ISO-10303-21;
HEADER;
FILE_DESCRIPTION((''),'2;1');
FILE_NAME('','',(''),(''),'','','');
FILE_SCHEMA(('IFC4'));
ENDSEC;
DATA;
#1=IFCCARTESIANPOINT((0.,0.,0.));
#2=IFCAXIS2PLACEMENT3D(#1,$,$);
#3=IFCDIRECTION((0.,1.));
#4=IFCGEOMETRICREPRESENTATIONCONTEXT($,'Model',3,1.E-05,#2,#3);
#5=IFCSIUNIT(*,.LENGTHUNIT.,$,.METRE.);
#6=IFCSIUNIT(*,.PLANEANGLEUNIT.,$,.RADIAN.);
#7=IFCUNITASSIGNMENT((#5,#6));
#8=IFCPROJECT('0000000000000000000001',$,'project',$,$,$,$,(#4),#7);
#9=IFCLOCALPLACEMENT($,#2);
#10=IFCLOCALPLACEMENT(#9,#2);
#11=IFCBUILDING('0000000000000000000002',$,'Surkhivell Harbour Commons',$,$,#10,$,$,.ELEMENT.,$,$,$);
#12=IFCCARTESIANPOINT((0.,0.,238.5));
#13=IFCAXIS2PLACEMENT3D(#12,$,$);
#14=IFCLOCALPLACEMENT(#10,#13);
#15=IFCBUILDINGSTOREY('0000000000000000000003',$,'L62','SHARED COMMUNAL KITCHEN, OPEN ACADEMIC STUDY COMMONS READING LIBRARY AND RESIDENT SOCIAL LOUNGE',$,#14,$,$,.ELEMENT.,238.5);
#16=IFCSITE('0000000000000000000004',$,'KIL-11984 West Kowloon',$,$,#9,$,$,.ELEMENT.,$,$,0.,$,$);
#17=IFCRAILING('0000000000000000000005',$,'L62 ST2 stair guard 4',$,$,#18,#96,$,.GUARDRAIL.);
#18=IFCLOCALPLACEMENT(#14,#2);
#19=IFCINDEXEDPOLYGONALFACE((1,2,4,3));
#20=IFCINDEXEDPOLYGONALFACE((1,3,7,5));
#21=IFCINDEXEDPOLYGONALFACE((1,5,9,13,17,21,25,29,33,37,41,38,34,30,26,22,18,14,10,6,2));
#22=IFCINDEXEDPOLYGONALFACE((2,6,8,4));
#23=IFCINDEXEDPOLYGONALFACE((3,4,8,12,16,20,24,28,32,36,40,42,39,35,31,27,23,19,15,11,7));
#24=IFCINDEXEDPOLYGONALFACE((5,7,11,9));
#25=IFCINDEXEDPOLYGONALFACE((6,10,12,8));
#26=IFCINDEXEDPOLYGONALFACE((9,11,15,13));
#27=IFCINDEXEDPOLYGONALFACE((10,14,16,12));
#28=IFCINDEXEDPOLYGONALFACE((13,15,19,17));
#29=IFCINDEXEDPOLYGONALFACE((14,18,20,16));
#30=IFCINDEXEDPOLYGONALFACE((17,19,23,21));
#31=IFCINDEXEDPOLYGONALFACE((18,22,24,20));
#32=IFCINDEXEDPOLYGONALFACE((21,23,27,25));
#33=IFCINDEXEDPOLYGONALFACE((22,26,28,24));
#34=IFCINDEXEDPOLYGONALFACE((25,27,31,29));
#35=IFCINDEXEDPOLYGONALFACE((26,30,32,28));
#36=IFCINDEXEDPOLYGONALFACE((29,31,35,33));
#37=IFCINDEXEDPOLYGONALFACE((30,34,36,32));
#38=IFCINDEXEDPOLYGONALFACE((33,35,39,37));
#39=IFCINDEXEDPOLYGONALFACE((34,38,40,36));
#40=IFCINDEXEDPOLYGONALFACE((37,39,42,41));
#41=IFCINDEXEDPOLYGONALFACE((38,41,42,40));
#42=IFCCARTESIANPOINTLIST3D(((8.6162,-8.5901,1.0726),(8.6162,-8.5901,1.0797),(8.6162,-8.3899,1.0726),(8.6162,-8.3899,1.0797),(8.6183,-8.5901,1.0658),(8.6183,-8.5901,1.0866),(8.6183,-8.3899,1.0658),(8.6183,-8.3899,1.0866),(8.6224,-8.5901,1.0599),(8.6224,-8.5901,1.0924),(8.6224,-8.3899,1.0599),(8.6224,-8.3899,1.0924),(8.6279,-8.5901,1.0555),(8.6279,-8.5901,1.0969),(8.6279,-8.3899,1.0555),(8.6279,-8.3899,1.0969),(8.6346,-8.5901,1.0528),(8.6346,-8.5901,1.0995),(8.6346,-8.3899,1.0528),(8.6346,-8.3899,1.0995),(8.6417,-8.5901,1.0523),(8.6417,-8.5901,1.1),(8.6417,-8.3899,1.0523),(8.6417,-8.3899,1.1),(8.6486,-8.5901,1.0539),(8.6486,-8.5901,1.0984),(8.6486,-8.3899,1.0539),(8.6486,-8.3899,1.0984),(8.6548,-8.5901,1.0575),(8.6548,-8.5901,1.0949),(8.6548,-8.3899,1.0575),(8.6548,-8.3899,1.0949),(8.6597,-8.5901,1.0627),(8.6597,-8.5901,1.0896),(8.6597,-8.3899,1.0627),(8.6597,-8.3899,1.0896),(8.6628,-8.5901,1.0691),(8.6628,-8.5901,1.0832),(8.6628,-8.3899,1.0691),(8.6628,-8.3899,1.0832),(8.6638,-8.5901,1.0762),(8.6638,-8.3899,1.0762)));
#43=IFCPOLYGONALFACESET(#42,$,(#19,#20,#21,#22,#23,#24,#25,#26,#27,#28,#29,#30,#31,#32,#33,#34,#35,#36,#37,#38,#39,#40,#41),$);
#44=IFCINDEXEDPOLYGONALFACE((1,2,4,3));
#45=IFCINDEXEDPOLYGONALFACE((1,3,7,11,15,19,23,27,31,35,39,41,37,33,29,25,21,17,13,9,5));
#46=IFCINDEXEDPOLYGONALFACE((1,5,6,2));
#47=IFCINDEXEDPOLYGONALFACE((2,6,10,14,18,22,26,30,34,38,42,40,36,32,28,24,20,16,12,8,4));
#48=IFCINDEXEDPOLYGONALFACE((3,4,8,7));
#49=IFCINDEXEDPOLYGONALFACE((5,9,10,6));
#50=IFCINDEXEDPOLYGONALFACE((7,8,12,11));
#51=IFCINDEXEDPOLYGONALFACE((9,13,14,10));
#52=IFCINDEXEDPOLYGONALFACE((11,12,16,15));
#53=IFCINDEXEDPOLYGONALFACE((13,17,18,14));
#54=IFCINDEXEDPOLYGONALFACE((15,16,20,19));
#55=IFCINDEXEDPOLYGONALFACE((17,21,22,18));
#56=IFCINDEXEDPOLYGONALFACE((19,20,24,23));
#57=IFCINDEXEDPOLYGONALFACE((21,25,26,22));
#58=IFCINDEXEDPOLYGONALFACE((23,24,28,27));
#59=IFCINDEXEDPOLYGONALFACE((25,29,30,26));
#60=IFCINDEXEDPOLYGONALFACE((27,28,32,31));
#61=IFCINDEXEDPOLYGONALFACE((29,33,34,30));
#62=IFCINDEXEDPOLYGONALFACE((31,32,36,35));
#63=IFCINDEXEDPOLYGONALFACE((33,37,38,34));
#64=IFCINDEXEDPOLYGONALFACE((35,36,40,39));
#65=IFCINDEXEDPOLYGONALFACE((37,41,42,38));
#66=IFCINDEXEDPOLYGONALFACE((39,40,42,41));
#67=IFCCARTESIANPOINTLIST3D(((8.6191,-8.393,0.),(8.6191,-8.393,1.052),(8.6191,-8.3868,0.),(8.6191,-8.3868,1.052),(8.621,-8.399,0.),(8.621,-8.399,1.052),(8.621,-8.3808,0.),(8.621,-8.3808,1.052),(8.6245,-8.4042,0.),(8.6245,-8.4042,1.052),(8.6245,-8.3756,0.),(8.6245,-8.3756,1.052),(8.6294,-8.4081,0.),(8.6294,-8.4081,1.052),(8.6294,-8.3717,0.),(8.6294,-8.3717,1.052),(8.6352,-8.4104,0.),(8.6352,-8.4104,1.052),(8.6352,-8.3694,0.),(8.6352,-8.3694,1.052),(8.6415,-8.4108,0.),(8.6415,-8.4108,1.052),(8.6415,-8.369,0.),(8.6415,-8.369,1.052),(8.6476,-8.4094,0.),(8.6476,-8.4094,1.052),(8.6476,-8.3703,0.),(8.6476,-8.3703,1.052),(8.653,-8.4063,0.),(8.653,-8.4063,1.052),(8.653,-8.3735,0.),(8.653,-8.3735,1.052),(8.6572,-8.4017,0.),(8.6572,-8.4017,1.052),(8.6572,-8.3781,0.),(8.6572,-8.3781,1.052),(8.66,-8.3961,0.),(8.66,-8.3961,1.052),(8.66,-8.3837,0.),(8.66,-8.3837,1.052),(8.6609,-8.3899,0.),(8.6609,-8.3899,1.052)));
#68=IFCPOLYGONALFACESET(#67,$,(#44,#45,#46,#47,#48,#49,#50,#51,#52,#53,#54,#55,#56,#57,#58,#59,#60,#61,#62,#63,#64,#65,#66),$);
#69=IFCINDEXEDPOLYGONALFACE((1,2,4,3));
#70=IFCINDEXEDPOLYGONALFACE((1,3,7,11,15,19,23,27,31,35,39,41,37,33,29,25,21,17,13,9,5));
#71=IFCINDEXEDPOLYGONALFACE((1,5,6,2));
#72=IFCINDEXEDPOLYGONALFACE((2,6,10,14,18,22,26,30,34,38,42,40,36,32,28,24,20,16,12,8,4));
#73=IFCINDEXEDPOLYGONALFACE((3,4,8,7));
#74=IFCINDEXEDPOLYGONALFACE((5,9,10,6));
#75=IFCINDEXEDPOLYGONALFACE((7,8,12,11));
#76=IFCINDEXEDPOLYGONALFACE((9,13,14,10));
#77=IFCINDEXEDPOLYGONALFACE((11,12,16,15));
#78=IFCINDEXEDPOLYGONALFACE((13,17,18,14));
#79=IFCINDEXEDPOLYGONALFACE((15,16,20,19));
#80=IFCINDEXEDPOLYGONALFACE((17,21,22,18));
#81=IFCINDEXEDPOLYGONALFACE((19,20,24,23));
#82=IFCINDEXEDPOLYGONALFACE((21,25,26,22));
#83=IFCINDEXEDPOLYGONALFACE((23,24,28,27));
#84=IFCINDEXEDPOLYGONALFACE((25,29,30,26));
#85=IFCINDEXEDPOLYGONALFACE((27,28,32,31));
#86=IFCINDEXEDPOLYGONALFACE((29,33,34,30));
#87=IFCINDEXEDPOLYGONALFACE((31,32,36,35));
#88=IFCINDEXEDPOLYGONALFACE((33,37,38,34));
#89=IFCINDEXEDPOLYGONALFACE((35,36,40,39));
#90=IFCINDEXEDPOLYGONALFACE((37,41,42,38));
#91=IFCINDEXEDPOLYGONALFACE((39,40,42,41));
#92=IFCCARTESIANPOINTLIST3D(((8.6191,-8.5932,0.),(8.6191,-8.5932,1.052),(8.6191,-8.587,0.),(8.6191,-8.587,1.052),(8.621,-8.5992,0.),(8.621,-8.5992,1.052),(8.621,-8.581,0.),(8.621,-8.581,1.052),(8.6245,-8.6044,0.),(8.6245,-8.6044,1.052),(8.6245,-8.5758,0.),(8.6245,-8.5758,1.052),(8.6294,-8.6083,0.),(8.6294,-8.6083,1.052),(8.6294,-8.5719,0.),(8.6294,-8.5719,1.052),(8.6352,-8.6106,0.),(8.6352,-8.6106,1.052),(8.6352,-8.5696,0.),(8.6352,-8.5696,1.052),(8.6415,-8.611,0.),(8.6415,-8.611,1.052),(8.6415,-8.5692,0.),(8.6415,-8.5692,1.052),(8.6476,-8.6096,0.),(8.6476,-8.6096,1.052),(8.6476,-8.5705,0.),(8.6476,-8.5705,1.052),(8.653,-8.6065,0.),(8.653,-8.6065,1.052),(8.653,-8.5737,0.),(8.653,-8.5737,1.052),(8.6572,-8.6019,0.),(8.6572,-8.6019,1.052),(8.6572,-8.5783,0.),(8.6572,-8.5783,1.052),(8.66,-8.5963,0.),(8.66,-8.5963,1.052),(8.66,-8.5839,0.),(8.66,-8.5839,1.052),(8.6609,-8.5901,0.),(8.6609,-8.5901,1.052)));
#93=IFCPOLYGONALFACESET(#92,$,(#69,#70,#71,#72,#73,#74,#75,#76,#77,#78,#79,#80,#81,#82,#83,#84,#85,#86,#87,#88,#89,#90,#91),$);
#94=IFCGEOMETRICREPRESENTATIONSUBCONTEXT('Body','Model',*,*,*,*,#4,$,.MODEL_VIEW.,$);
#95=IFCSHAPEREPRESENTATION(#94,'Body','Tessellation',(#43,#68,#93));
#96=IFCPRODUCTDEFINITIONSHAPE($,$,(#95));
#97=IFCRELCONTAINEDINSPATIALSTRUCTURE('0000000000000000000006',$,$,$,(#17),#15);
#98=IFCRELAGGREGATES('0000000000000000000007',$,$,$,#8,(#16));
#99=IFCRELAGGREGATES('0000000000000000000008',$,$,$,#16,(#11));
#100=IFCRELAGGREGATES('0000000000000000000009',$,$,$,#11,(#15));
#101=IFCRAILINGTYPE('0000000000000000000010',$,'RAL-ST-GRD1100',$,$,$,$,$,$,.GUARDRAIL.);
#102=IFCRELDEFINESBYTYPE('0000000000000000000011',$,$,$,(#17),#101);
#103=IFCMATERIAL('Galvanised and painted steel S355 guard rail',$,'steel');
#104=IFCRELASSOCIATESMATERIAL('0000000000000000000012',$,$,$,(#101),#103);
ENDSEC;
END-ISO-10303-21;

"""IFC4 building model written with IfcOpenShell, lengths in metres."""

from ifc_helpers import new_model, si_unit, direction, frame, origin, origin_2d, place, context, subcontext, project, spatial, circle, extrude, material, type_object, element, save


model = new_model("IFC4")

# Units and contexts
model_context = context("Model", 3, precision=1e-05, world=origin(), true_north=direction((0.0, 1.0)))
body_context = subcontext(model_context, "Body", "Model", "MODEL_VIEW")
ifc_project = project(units=[si_unit("LENGTHUNIT", "METRE"), si_unit("PLANEANGLEUNIT", "RADIAN")], contexts=[model_context])

# Site, building, storey
site_placement = place(None, origin())
site = spatial("IfcSite", under=ifc_project, at=site_placement, Name="KIL-11984 West Kowloon", CompositionType="ELEMENT", RefElevation=0.0)
building_placement = place(site_placement, origin())
building = spatial("IfcBuilding", under=site, at=building_placement, Name="Surkhivell Harbour Commons", CompositionType="ELEMENT")
storey_placement = place(building_placement, frame((0.0, 0.0, 238.5)))
storey = spatial("IfcBuildingStorey", under=building, at=storey_placement, Name="L62", Description="SHARED COMMUNAL KITCHEN, OPEN ACADEMIC STUDY COMMONS READING LIBRARY AND RESIDENT SOCIAL LOUNGE", CompositionType="ELEMENT", Elevation=238.5)

# Railing
ifc_material_1 = material(Name="Galvanised and painted steel S355 guard rail", Category="steel")
railing_type_1 = type_object("IfcRailingType", Name="RAL-ST-GRD1100", PredefinedType="GUARDRAIL", material=ifc_material_1)
railing_1_placement = place(storey_placement, frame((8.6399, -8.3899, 0.0)))
element("IfcRailing", 1, at=railing_1_placement, inside=storey, type_object=railing_type_1, Name="L62 ST2 stair guard 4", PredefinedType="GUARDRAIL", context=body_context, shape_type="SweptSolid", body=[
    extrude(circle(Radius=0.0239, at=origin_2d()), frame((0.0, 0.0, 1.0762), z_axis=(0.0, -1.0, 0.0), x_axis=(1.0, 0.0, 0.0)), (0.0, 0.0, 1.0), 0.2002),
    extrude(circle(Radius=0.021, at=origin_2d()), origin(), (0.0, 0.0, 1.0), 1.052),
    extrude(circle(Radius=0.021, at=origin_2d()), frame((0.0, -0.2002, 0.0)), (0.0, 0.0, 1.0), 1.052),
])

save(model, "model.ifc")
